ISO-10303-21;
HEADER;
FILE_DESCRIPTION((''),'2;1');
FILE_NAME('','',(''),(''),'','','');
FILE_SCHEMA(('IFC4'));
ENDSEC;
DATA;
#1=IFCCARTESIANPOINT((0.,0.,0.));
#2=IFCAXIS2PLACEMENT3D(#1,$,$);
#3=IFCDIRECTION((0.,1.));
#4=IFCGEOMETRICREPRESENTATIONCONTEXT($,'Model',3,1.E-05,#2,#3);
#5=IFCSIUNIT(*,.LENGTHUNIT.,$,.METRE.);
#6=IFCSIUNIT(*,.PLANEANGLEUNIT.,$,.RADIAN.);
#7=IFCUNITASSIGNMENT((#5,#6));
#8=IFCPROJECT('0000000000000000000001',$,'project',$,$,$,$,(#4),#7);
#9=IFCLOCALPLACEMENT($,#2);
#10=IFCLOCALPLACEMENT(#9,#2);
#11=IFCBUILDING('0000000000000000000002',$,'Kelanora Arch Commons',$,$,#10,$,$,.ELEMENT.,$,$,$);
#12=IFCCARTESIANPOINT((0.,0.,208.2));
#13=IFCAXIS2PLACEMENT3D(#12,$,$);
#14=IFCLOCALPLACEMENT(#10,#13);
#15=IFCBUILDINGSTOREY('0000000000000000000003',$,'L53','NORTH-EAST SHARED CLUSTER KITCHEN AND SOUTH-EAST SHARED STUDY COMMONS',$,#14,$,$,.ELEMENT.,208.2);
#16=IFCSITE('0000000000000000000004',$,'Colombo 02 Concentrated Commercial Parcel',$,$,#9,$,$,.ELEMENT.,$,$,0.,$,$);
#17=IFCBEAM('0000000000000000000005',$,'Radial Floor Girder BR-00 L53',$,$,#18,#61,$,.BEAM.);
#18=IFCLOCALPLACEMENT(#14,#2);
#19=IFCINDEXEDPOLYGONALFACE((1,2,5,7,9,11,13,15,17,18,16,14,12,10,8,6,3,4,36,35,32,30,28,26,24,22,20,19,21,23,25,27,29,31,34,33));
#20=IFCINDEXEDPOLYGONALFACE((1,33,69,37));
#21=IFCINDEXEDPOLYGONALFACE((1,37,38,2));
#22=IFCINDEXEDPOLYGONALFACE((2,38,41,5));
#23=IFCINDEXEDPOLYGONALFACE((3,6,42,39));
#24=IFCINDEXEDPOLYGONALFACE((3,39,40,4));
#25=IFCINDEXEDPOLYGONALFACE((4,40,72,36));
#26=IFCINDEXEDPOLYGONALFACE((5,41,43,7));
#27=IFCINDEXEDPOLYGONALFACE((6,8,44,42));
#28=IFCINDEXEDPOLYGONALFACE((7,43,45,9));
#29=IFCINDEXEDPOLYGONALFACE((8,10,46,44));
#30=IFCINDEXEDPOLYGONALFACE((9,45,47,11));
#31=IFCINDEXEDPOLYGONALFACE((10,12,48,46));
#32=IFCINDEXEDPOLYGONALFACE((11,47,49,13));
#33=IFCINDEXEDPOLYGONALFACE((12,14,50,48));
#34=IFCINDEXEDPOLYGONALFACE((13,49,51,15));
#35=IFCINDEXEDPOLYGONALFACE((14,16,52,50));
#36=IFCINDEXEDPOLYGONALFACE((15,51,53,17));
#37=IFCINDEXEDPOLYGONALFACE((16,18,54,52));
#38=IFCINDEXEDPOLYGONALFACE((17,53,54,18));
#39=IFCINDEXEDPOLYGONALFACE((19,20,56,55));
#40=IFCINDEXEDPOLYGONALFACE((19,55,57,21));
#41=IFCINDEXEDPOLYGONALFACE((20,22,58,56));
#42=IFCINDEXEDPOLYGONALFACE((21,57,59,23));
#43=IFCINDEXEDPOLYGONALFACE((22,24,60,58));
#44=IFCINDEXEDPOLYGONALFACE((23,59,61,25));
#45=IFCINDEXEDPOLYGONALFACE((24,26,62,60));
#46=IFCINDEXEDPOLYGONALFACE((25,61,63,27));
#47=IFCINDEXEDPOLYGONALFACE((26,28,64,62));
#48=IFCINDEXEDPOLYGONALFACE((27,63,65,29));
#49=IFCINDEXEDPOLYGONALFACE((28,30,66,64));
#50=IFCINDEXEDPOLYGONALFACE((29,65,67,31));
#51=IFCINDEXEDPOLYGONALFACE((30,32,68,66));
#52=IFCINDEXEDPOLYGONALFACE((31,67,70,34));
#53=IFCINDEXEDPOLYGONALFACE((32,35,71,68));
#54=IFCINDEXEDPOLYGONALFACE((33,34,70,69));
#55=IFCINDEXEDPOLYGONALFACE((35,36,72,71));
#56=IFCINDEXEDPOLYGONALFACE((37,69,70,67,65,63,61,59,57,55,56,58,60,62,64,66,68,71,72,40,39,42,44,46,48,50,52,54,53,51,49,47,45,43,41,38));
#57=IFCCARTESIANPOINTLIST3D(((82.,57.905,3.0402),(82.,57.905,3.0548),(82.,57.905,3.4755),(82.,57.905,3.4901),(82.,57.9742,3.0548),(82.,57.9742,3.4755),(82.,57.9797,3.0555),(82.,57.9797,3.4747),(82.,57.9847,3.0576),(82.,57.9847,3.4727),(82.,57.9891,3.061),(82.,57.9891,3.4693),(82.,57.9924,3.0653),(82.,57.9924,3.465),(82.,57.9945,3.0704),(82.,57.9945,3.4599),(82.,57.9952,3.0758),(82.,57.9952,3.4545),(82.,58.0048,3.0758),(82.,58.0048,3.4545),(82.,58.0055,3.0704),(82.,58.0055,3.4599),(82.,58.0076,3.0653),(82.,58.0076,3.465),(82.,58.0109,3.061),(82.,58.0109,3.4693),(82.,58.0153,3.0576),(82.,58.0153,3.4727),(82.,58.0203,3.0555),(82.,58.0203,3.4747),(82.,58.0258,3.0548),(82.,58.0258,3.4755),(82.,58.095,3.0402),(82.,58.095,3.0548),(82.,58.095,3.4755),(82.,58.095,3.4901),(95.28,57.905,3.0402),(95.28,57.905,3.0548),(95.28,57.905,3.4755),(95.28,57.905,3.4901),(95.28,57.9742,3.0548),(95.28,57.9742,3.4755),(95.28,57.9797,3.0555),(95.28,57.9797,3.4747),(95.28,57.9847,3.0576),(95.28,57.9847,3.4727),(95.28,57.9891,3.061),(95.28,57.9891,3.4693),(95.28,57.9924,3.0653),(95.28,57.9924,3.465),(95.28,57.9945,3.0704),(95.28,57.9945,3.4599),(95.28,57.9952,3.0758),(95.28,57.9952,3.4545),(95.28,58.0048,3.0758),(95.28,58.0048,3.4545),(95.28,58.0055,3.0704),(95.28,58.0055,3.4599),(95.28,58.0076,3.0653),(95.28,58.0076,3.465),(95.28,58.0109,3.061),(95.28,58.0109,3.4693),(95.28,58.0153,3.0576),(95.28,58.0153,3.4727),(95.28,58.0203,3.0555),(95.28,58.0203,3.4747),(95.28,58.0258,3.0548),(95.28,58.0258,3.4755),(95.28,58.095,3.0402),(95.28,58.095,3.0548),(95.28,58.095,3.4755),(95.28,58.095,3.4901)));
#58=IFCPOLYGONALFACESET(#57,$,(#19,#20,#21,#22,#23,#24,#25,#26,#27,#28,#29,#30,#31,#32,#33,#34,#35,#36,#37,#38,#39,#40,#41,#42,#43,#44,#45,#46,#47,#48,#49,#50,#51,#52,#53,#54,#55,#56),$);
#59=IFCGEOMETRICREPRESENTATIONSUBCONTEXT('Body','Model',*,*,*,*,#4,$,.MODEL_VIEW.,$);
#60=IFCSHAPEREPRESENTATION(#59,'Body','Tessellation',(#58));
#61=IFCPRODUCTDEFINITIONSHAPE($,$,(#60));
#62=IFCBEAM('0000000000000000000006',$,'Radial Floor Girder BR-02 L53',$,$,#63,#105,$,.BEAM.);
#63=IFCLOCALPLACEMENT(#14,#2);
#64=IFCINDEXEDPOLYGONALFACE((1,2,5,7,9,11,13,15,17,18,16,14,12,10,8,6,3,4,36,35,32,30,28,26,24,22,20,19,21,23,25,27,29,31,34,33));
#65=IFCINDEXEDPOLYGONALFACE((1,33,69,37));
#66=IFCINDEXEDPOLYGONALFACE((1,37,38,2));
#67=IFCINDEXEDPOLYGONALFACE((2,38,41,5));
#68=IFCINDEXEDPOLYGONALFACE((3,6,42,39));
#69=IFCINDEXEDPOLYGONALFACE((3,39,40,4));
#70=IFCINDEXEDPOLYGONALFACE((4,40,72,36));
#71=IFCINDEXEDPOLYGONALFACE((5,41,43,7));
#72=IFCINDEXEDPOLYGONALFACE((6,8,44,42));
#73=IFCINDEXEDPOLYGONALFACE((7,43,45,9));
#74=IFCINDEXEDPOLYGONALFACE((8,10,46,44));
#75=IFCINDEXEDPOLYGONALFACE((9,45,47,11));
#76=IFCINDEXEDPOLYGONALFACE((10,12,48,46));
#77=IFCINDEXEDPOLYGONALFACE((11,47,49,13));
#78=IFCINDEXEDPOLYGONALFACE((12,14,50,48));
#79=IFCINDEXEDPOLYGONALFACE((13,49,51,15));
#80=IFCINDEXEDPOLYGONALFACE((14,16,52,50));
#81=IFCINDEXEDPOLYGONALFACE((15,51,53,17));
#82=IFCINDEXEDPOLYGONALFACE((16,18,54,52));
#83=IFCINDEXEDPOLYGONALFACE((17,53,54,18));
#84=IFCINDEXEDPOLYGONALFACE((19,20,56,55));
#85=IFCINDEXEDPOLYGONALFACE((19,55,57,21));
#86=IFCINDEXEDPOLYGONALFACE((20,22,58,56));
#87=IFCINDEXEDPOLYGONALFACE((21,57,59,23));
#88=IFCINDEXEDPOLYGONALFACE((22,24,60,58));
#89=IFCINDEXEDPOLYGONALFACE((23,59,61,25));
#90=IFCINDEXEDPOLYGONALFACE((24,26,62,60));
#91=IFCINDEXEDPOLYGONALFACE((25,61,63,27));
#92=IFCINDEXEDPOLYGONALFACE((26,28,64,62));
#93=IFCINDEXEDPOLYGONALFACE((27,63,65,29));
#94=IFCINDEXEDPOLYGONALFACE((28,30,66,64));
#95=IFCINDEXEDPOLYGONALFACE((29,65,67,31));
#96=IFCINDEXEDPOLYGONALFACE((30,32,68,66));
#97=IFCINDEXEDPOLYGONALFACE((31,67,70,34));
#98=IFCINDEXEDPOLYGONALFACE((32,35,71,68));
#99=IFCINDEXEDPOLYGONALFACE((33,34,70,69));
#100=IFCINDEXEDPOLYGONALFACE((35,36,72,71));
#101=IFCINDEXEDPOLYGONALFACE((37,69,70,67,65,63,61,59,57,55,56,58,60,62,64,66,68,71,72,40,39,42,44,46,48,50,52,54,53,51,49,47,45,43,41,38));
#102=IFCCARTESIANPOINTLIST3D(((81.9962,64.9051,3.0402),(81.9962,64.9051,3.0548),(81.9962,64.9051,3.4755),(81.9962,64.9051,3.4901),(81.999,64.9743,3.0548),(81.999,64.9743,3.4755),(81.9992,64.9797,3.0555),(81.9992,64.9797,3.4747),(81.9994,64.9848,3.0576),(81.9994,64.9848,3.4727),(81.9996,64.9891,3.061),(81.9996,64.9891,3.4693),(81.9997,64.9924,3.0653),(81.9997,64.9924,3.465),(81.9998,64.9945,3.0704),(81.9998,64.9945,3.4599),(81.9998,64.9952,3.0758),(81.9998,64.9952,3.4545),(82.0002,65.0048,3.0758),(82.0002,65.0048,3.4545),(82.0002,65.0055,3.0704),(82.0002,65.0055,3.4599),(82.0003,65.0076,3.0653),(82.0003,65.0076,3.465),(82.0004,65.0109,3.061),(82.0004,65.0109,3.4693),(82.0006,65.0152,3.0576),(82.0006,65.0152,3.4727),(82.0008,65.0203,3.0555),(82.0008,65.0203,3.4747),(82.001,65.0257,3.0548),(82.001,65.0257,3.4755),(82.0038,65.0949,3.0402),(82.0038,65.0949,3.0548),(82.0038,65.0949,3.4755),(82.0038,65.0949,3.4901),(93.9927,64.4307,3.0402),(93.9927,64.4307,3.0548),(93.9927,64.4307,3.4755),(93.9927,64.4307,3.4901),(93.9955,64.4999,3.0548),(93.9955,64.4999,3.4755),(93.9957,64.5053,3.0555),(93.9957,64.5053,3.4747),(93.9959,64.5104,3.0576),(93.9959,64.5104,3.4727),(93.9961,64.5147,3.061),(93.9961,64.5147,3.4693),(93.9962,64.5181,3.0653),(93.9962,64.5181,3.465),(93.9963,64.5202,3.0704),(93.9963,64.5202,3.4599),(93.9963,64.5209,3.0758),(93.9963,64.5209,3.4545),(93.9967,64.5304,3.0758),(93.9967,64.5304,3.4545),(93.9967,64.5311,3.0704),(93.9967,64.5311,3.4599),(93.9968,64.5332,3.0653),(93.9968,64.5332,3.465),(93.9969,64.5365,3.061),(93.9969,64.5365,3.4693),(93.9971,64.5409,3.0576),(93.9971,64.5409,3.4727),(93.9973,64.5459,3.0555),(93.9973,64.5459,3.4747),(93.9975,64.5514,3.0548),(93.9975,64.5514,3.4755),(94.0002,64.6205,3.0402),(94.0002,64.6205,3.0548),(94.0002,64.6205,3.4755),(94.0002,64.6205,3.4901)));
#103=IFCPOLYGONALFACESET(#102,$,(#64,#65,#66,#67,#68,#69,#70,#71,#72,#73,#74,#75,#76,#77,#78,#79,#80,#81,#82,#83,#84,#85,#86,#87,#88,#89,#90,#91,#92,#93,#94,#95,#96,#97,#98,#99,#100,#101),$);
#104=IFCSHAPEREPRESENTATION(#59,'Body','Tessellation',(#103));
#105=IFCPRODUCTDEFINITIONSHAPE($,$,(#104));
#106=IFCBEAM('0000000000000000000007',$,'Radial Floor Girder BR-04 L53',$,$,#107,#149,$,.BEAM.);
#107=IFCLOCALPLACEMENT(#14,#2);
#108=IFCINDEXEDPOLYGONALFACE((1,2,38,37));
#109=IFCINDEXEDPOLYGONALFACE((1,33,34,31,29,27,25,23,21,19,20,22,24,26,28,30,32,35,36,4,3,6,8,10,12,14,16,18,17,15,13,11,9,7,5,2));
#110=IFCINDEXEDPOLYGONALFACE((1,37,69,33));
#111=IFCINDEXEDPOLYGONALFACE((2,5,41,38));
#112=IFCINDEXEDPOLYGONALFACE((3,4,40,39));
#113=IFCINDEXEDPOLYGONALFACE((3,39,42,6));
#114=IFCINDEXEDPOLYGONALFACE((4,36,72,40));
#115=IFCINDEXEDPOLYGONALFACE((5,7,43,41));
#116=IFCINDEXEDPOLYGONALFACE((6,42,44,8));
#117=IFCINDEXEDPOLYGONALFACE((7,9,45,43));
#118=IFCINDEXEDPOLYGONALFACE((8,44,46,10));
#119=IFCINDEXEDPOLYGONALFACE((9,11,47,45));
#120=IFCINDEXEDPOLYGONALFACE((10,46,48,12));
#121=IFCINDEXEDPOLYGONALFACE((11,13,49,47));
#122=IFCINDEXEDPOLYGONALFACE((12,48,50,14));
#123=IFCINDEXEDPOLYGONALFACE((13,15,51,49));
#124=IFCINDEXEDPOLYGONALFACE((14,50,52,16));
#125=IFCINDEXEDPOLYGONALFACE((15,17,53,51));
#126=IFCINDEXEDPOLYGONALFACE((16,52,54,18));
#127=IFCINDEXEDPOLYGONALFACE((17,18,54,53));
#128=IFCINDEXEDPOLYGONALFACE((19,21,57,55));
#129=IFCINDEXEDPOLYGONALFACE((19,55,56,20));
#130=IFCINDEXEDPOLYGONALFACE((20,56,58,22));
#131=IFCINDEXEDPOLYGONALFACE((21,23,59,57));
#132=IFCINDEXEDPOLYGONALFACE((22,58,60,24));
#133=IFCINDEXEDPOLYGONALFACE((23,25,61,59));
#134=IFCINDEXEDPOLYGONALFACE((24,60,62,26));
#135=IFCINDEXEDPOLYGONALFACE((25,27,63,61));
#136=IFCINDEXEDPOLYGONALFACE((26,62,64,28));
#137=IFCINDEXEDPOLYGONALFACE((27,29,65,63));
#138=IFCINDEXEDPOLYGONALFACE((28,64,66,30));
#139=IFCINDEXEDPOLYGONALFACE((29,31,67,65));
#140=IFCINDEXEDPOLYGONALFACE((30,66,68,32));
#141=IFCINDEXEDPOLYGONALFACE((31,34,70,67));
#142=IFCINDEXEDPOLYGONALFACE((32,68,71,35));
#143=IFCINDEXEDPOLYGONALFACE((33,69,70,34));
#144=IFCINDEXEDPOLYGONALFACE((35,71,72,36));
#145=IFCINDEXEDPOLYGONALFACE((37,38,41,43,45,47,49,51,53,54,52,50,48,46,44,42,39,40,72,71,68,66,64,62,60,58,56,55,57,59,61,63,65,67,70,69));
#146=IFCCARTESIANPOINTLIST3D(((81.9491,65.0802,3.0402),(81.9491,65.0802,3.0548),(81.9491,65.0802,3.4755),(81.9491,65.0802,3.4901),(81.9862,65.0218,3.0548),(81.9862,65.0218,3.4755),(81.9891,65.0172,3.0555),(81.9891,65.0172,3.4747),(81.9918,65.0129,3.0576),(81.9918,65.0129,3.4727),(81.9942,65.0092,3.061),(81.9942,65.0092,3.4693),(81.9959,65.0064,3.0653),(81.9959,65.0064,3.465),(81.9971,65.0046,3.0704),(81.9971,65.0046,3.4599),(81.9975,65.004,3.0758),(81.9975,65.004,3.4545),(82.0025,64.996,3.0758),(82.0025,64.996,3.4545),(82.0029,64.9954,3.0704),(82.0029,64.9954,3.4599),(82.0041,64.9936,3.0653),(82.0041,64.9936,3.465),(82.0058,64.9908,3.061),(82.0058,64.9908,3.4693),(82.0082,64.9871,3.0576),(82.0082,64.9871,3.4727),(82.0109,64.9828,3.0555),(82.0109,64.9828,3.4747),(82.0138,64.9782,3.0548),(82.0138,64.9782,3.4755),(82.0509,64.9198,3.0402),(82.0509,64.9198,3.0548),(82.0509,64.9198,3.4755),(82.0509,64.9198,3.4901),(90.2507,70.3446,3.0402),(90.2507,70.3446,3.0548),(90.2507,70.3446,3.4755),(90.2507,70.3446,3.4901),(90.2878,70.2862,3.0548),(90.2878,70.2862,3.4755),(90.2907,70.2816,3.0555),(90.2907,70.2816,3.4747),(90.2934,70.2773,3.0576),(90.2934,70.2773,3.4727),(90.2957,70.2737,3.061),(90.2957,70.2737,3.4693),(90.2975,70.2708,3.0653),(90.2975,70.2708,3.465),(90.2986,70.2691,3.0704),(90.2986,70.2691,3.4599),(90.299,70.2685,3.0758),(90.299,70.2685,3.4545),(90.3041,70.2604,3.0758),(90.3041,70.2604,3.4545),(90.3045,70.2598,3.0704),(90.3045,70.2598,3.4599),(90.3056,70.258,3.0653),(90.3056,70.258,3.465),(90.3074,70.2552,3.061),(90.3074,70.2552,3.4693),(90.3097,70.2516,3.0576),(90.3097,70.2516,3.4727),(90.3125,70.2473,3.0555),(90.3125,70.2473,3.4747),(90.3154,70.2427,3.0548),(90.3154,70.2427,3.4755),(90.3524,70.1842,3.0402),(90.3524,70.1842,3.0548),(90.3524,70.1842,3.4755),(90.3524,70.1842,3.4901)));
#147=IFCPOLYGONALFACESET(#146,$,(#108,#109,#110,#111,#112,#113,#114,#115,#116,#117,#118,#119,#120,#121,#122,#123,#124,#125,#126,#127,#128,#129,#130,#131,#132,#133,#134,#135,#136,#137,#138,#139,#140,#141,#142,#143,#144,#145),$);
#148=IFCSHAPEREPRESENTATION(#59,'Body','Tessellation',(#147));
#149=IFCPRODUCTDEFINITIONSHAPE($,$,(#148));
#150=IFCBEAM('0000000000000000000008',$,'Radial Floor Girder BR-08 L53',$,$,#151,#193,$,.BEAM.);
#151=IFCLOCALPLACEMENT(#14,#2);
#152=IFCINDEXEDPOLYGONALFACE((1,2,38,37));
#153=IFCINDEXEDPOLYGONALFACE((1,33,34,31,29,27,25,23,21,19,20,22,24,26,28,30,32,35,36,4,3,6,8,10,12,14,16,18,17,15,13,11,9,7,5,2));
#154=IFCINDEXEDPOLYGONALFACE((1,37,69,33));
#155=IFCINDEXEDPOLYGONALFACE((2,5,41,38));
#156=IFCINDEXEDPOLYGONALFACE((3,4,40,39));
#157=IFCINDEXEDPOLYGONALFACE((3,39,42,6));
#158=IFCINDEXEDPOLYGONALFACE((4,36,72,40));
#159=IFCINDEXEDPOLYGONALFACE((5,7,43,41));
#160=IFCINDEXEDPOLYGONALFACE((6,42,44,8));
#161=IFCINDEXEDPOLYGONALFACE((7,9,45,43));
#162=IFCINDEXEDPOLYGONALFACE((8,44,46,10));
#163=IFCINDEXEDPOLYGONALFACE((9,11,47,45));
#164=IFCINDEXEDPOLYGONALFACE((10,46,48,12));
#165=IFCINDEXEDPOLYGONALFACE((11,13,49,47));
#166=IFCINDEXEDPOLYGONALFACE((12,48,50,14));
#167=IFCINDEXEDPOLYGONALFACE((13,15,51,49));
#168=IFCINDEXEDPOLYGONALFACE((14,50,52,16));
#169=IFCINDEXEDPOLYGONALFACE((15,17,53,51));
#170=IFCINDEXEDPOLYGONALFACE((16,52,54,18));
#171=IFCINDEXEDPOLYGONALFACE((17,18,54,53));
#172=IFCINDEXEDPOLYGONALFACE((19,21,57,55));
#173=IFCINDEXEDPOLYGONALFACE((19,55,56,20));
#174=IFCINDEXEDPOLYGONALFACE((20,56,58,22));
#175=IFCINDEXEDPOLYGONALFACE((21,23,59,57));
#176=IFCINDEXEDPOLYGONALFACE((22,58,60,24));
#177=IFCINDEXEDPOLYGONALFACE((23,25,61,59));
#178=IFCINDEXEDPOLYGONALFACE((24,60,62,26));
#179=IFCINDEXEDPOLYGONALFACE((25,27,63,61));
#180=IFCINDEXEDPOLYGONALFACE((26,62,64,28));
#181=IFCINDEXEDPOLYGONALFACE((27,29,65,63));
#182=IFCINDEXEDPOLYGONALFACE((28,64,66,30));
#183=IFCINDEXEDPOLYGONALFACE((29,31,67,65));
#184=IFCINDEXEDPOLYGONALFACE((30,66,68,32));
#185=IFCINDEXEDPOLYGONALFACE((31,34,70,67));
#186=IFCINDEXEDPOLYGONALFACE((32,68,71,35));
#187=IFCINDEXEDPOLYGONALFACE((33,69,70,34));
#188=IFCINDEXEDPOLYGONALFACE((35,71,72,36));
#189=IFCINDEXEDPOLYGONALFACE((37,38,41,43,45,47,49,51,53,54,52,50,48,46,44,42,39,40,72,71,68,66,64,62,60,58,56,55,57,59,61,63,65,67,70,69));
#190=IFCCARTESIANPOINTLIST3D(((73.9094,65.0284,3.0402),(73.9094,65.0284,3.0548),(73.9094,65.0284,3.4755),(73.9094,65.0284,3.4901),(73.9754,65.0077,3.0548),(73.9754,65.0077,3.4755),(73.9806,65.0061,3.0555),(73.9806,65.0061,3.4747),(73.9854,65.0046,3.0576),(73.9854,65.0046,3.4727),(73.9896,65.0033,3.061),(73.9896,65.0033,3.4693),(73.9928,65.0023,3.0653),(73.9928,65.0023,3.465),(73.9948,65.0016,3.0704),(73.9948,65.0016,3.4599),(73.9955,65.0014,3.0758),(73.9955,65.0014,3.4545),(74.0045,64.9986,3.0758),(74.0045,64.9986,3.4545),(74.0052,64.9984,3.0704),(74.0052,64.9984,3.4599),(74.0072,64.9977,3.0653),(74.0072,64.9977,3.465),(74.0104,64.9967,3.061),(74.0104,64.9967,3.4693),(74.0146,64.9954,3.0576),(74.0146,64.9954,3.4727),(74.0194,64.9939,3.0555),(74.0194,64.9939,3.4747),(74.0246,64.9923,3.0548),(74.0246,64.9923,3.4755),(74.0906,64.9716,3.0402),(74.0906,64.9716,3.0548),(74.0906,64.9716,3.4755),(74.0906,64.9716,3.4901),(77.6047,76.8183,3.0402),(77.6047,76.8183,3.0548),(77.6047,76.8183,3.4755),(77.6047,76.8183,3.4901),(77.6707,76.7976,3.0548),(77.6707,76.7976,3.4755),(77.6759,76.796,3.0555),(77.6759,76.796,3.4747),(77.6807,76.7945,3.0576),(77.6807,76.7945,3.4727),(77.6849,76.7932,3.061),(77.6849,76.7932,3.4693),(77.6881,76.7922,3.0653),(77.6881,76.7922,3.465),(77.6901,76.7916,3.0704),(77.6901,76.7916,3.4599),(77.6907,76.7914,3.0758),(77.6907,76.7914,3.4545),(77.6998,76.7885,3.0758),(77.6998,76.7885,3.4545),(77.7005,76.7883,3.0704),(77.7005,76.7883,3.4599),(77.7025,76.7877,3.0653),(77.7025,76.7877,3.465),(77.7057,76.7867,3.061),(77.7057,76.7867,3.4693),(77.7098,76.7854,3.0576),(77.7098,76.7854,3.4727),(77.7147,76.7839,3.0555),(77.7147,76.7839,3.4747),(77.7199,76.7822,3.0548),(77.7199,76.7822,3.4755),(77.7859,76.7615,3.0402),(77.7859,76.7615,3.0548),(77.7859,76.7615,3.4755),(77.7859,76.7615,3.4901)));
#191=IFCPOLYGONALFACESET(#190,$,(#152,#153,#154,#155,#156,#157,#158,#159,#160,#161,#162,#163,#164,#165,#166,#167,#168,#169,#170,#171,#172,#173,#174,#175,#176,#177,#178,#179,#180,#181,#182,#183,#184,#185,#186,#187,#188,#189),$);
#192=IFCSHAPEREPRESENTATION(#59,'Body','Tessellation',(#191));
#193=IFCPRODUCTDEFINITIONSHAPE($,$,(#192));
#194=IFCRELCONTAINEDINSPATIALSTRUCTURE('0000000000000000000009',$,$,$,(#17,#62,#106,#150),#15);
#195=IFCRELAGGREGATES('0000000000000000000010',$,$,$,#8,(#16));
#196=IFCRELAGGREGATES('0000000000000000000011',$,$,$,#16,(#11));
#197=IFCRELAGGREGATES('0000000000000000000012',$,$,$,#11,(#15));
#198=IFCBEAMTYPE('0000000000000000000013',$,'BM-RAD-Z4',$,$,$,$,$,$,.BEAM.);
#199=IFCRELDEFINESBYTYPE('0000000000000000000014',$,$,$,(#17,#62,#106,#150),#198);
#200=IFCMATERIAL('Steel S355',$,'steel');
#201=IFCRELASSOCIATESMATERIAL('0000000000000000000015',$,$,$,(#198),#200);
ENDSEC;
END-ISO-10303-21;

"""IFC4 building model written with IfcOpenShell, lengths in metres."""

from ifc_helpers import new_model, si_unit, direction, frame, origin, origin_2d, place, context, subcontext, project, spatial, i_section, extrude, material, material_profile, profile_set, type_object, element, save


model = new_model("IFC4")

# Units and contexts
model_context = context("Model", 3, precision=1e-05, world=origin(), true_north=direction((0.0, 1.0)))
body_context = subcontext(model_context, "Body", "Model", "MODEL_VIEW")
ifc_project = project(units=[si_unit("LENGTHUNIT", "METRE"), si_unit("PLANEANGLEUNIT", "RADIAN")], contexts=[model_context])

# Site, building, storey
site_placement = place(None, origin())
site = spatial("IfcSite", under=ifc_project, at=site_placement, Name="Colombo 02 Concentrated Commercial Parcel", CompositionType="ELEMENT", RefElevation=0.0)
building_placement = place(site_placement, origin())
building = spatial("IfcBuilding", under=site, at=building_placement, Name="Kelanora Arch Commons", CompositionType="ELEMENT")
storey_placement = place(building_placement, frame((0.0, 0.0, 208.2)))
storey = spatial("IfcBuildingStorey", under=building, at=storey_placement, Name="L53", Description="NORTH-EAST SHARED CLUSTER KITCHEN AND SOUTH-EAST SHARED STUDY COMMONS", CompositionType="ELEMENT", Elevation=208.2)

# Beams
ifc_material_1 = material(Name="Steel S355", Category="steel")
ifc_material_profile_1 = material_profile(ifc_material_1, i_section(OverallWidth=0.1899, OverallDepth=0.45, WebThickness=0.0095, FlangeThickness=0.0146, FilletRadius=0.021, at=origin_2d()), Name="IPE450")
ifc_profile_set_1 = profile_set([ifc_material_profile_1], Name="Steel S355")
beam_type_1 = type_object("IfcBeamType", Name="BM-RAD-Z4", PredefinedType="BEAM", material=ifc_profile_set_1)
beam_1_placement = place(storey_placement, frame((82.0, 58.0, 3.2651), z_axis=(1.0, 0.0, 0.0), x_axis=(0.0, 1.0, 0.0)))
element("IfcBeam", 1, at=beam_1_placement, inside=storey, type_object=beam_type_1, Name="Radial Floor Girder BR-00 L53", PredefinedType="BEAM", context=body_context, shape_type="SweptSolid", body=[
    extrude(i_section(OverallWidth=0.1899, OverallDepth=0.45, WebThickness=0.0095, FlangeThickness=0.0146, FilletRadius=0.021, at=origin_2d()), origin(), (0.0, 0.0, 1.0), 13.28),
])
beam_2_placement = place(storey_placement, frame((82.0, 65.0, 3.2651), z_axis=(0.999219, -0.039511, 0.0), x_axis=(0.039511, 0.999219, 0.0)))
element("IfcBeam", 2, at=beam_2_placement, inside=storey, type_object=beam_type_1, Name="Radial Floor Girder BR-02 L53", PredefinedType="BEAM", context=body_context, shape_type="SweptSolid", body=[
    extrude(i_section(OverallWidth=0.1899, OverallDepth=0.45, WebThickness=0.0095, FlangeThickness=0.0146, FilletRadius=0.021, at=origin_2d()), origin(), (0.0, 0.0, 1.0), 12.0059),
])
beam_3_placement = place(storey_placement, frame((82.0, 65.0, 3.2651), z_axis=(0.844507, 0.535544, 0.0), x_axis=(-0.535544, 0.844507, 0.0)))
element("IfcBeam", 3, at=beam_3_placement, inside=storey, type_object=beam_type_1, Name="Radial Floor Girder BR-04 L53", PredefinedType="BEAM", context=body_context, shape_type="SweptSolid", body=[
    extrude(i_section(OverallWidth=0.1899, OverallDepth=0.45, WebThickness=0.0095, FlangeThickness=0.0146, FilletRadius=0.021, at=origin_2d()), origin(), (0.0, 0.0, 1.0), 9.8301),
])
beam_4_placement = place(storey_placement, frame((74.0, 65.0, 3.2651), z_axis=(0.29908, 0.954228, 0.0), x_axis=(-0.954228, 0.29908, 0.0)))
element("IfcBeam", 4, at=beam_4_placement, inside=storey, type_object=beam_type_1, Name="Radial Floor Girder BR-08 L53", PredefinedType="BEAM", context=body_context, shape_type="SweptSolid", body=[
    extrude(i_section(OverallWidth=0.1899, OverallDepth=0.45, WebThickness=0.0095, FlangeThickness=0.0146, FilletRadius=0.021, at=origin_2d()), origin(), (0.0, 0.0, 1.0), 12.3555),
])

save(model, "model.ifc")
